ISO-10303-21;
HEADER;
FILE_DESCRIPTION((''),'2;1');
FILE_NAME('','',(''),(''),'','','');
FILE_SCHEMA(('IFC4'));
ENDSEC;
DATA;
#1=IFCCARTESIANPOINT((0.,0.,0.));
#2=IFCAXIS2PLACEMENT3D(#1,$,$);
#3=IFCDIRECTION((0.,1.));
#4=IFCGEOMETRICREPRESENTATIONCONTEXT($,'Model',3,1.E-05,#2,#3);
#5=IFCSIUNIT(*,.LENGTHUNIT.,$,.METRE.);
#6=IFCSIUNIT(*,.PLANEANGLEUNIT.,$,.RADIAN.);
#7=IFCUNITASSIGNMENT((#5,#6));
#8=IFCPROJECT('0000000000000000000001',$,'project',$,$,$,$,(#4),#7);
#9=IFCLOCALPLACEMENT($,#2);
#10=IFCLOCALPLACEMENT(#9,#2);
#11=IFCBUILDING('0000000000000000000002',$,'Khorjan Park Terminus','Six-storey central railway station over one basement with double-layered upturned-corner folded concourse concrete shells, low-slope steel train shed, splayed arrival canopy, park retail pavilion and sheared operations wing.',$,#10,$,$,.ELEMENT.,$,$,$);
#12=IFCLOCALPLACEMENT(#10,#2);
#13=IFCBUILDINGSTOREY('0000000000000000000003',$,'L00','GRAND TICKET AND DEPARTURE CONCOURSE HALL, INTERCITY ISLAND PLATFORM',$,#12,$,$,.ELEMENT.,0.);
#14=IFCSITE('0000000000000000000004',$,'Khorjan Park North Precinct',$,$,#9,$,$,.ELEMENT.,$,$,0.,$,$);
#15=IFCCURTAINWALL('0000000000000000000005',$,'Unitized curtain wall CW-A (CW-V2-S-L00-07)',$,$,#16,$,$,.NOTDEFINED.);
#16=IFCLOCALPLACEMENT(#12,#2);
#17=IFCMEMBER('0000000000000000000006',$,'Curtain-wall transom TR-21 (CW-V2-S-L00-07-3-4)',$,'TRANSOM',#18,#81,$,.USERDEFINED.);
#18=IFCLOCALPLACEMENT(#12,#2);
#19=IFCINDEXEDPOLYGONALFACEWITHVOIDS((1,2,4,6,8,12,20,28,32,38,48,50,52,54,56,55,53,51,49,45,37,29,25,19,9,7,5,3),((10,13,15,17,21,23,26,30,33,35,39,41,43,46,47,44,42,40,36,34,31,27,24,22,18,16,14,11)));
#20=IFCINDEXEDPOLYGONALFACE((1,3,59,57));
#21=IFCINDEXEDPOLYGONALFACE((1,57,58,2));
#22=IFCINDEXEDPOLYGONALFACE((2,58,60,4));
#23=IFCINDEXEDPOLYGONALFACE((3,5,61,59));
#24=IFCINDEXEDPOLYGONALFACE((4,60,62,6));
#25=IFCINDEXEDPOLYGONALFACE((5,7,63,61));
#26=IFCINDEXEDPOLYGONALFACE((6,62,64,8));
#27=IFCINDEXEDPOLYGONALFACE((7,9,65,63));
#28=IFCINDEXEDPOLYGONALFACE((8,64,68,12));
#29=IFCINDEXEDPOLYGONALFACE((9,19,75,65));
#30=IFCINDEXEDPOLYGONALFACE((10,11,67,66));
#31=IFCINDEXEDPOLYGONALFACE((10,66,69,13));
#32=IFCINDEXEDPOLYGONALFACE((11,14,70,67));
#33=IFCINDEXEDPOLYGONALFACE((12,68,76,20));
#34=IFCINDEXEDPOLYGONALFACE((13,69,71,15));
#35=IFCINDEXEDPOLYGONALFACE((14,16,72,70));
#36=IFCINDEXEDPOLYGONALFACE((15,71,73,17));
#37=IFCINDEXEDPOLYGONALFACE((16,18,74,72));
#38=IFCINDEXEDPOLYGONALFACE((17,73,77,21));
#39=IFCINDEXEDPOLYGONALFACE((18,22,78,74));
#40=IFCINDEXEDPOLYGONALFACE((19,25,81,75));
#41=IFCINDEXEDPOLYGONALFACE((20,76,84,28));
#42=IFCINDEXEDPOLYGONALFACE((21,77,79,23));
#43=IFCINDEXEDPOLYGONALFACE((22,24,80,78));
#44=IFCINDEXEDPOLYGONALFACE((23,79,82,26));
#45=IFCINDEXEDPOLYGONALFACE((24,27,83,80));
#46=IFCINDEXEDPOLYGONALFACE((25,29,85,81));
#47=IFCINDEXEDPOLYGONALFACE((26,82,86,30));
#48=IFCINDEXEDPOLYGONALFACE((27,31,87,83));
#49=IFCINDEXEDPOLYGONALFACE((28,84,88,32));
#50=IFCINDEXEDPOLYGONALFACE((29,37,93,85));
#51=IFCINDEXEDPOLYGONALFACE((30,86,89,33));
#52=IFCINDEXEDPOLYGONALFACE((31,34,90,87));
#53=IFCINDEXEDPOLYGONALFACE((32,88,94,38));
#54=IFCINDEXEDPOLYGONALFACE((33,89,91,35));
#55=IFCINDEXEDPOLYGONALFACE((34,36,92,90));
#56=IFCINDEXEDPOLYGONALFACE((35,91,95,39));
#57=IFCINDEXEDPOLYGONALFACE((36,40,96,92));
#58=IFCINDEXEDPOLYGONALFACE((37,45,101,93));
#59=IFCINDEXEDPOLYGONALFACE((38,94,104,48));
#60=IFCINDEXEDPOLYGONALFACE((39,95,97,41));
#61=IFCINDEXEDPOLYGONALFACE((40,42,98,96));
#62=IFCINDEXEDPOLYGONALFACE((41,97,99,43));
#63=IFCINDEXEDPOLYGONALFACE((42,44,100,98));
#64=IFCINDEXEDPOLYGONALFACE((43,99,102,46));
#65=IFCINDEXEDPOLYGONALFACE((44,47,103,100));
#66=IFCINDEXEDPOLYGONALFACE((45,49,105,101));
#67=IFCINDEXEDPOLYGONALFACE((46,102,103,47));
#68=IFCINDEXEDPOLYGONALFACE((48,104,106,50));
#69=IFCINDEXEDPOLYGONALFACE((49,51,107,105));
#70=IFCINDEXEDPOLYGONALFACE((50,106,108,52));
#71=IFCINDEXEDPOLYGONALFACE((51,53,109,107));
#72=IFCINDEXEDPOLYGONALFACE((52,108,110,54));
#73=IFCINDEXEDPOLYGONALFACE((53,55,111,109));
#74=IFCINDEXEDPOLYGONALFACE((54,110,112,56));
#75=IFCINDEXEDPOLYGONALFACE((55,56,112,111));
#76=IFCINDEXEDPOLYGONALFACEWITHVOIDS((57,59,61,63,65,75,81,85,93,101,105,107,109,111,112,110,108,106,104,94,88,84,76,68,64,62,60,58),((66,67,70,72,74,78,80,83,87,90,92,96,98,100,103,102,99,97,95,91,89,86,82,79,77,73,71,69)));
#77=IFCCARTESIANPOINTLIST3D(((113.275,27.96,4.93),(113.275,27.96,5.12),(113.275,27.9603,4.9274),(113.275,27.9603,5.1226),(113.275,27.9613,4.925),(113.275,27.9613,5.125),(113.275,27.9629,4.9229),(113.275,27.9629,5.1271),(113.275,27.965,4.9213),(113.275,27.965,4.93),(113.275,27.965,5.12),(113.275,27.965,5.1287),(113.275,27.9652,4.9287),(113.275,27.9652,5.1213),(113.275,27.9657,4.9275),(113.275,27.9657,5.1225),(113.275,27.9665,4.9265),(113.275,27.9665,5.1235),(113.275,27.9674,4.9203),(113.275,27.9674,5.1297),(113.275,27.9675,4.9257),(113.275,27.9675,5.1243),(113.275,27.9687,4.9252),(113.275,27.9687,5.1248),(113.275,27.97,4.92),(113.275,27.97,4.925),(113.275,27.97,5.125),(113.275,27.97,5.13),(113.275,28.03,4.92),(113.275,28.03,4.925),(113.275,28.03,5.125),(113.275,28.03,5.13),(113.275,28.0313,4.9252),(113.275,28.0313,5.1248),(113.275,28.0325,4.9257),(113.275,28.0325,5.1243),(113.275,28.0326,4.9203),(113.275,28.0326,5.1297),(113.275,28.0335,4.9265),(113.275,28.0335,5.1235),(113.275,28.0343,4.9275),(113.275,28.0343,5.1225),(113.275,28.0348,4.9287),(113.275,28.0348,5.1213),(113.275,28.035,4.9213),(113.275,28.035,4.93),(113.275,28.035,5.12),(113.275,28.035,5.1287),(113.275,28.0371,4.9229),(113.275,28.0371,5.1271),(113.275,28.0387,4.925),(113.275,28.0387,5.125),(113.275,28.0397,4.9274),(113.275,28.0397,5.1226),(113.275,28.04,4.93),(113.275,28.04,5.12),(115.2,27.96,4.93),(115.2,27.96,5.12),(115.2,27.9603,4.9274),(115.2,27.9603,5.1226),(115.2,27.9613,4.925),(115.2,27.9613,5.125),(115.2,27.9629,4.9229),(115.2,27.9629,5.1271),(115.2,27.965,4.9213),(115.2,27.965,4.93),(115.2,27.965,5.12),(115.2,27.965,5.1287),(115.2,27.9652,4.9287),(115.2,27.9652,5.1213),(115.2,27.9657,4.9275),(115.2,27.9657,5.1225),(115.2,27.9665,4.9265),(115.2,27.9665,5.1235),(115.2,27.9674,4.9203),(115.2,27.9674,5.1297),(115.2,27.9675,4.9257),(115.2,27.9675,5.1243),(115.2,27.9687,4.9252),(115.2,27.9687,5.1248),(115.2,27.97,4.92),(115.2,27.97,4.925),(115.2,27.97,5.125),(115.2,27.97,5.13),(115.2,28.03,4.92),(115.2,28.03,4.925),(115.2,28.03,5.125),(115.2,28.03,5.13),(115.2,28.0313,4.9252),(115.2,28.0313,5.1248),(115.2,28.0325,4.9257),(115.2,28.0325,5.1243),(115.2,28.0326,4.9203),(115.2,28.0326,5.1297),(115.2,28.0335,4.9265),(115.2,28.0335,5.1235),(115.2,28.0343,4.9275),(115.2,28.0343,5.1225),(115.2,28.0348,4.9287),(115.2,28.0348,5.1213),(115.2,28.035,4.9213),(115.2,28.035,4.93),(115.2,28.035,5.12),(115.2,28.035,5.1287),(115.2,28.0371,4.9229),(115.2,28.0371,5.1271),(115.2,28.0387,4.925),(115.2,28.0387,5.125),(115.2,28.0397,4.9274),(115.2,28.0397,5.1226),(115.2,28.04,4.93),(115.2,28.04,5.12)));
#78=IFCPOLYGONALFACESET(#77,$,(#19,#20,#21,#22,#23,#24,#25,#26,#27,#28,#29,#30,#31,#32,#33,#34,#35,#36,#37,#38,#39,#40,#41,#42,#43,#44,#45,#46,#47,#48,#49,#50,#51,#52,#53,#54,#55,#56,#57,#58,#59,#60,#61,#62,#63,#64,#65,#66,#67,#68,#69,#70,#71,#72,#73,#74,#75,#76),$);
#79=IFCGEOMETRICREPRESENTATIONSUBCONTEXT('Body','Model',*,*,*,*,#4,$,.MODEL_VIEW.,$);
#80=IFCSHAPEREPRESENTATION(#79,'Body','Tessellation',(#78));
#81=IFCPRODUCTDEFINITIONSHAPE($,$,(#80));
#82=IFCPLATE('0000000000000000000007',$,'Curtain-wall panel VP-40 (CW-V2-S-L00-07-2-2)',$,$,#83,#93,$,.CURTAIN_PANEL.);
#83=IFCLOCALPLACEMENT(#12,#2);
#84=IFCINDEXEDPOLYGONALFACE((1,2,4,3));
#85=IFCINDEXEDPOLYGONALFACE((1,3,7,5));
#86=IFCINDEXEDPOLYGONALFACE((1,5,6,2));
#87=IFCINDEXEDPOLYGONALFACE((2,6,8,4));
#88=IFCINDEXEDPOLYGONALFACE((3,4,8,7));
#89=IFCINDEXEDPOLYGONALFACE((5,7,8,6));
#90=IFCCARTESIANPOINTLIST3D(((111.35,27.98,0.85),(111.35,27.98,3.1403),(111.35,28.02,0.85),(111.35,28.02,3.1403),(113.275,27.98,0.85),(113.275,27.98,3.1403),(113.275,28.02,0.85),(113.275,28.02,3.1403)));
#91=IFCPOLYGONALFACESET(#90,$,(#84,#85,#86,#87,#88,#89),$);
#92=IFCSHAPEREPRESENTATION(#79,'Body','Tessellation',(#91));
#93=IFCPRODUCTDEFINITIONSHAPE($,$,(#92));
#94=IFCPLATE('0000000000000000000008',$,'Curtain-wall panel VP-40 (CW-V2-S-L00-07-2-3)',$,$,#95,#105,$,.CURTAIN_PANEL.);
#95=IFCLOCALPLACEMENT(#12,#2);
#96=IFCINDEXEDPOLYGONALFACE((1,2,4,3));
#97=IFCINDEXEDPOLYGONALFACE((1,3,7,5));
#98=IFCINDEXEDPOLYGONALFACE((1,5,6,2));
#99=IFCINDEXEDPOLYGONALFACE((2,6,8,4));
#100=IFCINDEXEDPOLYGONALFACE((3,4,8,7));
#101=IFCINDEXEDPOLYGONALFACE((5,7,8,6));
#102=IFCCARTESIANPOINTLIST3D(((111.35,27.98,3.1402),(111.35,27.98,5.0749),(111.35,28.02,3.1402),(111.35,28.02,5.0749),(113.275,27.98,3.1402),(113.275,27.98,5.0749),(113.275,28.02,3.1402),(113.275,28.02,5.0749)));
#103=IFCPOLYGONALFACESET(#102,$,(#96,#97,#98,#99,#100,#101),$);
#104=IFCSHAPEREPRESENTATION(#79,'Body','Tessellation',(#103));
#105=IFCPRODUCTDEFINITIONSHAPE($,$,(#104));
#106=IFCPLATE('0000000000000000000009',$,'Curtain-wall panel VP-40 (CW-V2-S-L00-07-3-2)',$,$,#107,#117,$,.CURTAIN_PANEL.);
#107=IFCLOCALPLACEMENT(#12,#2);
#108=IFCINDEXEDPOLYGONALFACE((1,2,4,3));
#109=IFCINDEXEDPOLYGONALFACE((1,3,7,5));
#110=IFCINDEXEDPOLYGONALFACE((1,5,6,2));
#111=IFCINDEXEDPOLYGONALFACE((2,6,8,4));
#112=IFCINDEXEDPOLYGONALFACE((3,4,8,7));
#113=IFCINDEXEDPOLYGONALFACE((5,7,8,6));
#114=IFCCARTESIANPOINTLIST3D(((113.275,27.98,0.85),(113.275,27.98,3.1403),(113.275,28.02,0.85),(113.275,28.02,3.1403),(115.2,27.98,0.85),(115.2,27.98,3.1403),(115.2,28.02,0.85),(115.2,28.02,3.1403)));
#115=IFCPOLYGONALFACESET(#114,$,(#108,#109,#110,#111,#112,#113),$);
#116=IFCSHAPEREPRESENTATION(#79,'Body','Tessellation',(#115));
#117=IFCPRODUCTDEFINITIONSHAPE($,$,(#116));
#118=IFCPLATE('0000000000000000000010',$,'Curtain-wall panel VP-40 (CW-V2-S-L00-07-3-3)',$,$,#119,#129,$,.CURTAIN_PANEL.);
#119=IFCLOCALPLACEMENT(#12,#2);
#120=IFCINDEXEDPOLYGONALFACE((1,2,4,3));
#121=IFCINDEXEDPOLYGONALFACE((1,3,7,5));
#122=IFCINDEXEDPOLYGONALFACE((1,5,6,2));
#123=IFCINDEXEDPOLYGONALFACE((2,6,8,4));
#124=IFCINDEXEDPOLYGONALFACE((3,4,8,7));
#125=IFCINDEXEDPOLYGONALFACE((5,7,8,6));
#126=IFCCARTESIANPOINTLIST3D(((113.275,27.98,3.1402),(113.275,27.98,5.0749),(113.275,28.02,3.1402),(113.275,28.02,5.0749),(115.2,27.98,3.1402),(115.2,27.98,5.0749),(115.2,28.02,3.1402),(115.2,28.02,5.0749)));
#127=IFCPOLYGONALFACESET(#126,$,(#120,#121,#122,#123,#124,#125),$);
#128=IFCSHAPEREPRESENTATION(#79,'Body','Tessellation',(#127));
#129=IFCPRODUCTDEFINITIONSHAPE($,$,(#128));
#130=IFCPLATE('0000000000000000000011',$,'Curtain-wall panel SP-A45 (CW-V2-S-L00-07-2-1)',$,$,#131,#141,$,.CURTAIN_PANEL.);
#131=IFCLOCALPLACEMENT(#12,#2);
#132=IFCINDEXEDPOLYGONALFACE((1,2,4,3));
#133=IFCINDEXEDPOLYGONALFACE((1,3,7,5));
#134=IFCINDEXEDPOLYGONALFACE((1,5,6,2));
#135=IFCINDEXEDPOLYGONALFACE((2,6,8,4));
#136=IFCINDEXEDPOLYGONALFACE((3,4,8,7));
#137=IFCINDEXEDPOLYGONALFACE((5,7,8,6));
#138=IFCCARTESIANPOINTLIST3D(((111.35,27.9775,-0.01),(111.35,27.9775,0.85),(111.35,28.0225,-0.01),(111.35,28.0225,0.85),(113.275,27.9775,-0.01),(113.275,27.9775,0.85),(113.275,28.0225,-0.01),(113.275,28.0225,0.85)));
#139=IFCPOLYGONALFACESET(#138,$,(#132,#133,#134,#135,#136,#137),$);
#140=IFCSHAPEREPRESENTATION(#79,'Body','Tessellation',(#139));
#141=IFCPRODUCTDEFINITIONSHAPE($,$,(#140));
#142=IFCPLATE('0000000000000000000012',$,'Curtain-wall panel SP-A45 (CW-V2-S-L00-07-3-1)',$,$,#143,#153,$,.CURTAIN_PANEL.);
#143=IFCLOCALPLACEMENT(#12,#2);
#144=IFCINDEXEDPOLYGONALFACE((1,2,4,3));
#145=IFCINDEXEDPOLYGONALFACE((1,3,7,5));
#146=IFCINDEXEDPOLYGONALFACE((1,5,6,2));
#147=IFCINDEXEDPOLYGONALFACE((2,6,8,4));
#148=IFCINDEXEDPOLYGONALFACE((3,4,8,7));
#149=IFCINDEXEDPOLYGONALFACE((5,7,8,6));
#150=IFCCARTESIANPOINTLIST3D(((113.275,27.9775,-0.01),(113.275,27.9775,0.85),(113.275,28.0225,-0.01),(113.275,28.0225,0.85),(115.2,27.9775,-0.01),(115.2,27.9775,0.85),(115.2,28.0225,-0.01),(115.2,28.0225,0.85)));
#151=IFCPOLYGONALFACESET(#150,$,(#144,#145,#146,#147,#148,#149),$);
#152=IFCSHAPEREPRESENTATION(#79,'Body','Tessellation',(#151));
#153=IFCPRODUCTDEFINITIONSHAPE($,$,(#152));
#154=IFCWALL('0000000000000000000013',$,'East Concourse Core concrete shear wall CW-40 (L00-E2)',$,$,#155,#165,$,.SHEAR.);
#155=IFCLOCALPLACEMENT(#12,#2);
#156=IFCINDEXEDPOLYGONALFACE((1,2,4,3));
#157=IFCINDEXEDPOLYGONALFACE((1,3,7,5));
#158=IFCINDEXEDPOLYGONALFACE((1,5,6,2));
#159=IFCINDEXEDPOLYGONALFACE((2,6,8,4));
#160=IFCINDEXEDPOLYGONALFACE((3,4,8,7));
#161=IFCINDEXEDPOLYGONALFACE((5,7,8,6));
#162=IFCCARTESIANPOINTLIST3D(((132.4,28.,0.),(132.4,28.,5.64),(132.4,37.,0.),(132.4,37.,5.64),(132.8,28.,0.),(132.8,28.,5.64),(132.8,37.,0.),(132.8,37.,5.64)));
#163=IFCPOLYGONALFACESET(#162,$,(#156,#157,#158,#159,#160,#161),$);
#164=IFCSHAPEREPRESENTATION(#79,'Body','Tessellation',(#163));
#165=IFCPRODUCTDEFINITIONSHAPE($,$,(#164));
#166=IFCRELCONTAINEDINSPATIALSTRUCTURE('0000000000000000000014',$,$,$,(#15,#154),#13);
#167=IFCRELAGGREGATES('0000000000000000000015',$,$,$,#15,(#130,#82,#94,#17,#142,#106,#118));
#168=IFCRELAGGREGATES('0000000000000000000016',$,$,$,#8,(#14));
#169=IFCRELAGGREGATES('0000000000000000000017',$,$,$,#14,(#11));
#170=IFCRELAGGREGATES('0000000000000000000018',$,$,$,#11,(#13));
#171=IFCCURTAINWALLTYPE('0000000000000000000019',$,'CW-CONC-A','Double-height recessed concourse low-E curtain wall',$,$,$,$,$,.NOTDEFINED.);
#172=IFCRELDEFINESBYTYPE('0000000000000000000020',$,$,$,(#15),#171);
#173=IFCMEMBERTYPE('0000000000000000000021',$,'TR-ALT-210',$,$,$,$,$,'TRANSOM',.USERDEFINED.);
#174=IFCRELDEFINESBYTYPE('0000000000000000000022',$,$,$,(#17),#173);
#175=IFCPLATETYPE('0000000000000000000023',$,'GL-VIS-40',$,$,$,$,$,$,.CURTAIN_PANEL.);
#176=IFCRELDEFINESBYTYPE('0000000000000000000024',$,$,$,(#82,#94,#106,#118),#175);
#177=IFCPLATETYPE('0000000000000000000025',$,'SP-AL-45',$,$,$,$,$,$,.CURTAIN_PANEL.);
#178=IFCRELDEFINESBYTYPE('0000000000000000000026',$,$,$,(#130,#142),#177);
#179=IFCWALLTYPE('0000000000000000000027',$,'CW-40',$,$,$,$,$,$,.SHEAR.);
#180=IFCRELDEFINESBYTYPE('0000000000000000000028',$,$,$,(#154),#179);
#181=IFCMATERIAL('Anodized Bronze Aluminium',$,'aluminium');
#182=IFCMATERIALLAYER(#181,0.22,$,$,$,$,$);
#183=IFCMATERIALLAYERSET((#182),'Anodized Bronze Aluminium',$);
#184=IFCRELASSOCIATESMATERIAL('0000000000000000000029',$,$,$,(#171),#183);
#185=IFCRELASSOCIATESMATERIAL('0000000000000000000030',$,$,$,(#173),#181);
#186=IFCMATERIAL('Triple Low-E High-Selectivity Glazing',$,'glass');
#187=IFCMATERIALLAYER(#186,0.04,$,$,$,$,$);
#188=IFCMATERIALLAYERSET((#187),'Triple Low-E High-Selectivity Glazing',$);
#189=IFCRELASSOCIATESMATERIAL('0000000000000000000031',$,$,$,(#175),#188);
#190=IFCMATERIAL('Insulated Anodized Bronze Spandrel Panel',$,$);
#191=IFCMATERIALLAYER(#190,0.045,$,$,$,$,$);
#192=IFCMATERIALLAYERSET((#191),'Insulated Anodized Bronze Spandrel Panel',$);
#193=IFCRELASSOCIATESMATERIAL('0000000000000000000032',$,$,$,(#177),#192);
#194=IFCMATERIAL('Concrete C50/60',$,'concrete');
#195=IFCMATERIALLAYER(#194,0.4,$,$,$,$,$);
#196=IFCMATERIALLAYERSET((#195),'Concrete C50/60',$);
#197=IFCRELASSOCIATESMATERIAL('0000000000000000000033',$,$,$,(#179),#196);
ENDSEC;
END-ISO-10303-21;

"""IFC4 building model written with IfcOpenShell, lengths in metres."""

from ifc_helpers import new_model, si_unit, direction, frame, frame_2d, origin, origin_2d, place, context, subcontext, project, spatial, rectangle, hollow_rectangle, extrude, material, layer, layer_set, material_profile, profile_set, type_object, element, aggregate, save


model = new_model("IFC4")

# Units and contexts
model_context = context("Model", 3, precision=1e-05, world=origin(), true_north=direction((0.0, 1.0)))
body_context = subcontext(model_context, "Body", "Model", "MODEL_VIEW")
ifc_project = project(units=[si_unit("LENGTHUNIT", "METRE"), si_unit("PLANEANGLEUNIT", "RADIAN")], contexts=[model_context])

# Site, building, storey
site_placement = place(None, origin())
site = spatial("IfcSite", under=ifc_project, at=site_placement, Name="Khorjan Park North Precinct", CompositionType="ELEMENT", RefElevation=0.0)
building_placement = place(site_placement, origin())
building = spatial("IfcBuilding", under=site, at=building_placement, Name="Khorjan Park Terminus", Description="Six-storey central railway station over one basement with double-layered upturned-corner folded concourse concrete shells, low-slope steel train shed, splayed arrival canopy, park retail pavilion and sheared operations wing.", CompositionType="ELEMENT")
storey_placement = place(building_placement, origin())
storey = spatial("IfcBuildingStorey", under=building, at=storey_placement, Name="L00", Description="GRAND TICKET AND DEPARTURE CONCOURSE HALL, INTERCITY ISLAND PLATFORM", CompositionType="ELEMENT", Elevation=0.0)

# Shared definitions
ifc_material_1 = material(Name="Anodized Bronze Aluminium", Category="aluminium")

# Curtain wall
ifc_layer_1 = layer(ifc_material_1, 0.22)
ifc_layer_set_1 = layer_set([ifc_layer_1], Name="Anodized Bronze Aluminium")
curtain_wall_type_1 = type_object("IfcCurtainWallType", Name="CW-CONC-A", Description="Double-height recessed concourse low-E curtain wall", PredefinedType="NOTDEFINED", material=ifc_layer_set_1)
curtain_wall_1_placement = place(storey_placement, origin())
curtain_wall_1 = element("IfcCurtainWall", 1, at=curtain_wall_1_placement, inside=storey, type_object=curtain_wall_type_1, Name="Unitized curtain wall CW-A (CW-V2-S-L00-07)", PredefinedType="NOTDEFINED")

# Member
ifc_material_profile_1 = material_profile(ifc_material_1, hollow_rectangle(XDim=0.08, YDim=0.21, WallThickness=0.005, InnerFilletRadius=0.005, OuterFilletRadius=0.01, at=origin_2d()), Name="ALT 80x210x5")
ifc_profile_set_1 = profile_set([ifc_material_profile_1], Name="Anodized Bronze Aluminium")
member_type_1 = type_object("IfcMemberType", Name="TR-ALT-210", ElementType="TRANSOM", PredefinedType="USERDEFINED", material=ifc_profile_set_1)
member_1_placement = place(storey_placement, frame((113.275, 28.0, 5.025), z_axis=(1.0, 0.0, 0.0), x_axis=(0.0, 1.0, 0.0)))
member_1 = element("IfcMember", 2, at=member_1_placement, type_object=member_type_1, Name="Curtain-wall transom TR-21 (CW-V2-S-L00-07-3-4)", ObjectType="TRANSOM", PredefinedType="USERDEFINED", context=body_context, shape_type="SweptSolid", body=[
    extrude(hollow_rectangle(XDim=0.08, YDim=0.21, WallThickness=0.005, InnerFilletRadius=0.005, OuterFilletRadius=0.01, at=origin_2d()), origin(), (0.0, 0.0, 1.0), 1.925),
])

# Plates
ifc_material_2 = material(Name="Triple Low-E High-Selectivity Glazing", Category="glass")
ifc_layer_2 = layer(ifc_material_2, 0.04)
ifc_layer_set_2 = layer_set([ifc_layer_2], Name="Triple Low-E High-Selectivity Glazing")
plate_type_1 = type_object("IfcPlateType", Name="GL-VIS-40", PredefinedType="CURTAIN_PANEL", material=ifc_layer_set_2)
plate_1_placement = place(storey_placement, frame((112.3125, 28.0, 0.85), z_axis=(0.0, 0.0, 1.0), x_axis=(1.0, 0.0, 0.0)))
plate_1 = element("IfcPlate", 3, at=plate_1_placement, type_object=plate_type_1, Name="Curtain-wall panel VP-40 (CW-V2-S-L00-07-2-2)", PredefinedType="CURTAIN_PANEL", context=body_context, shape_type="SweptSolid", body=[
    extrude(rectangle(XDim=1.925, YDim=0.04, at=origin_2d()), origin(), (0.0, 0.0, 1.0), 2.2903),
])
plate_2_placement = place(storey_placement, frame((112.3125, 28.0, 3.1402), z_axis=(0.0, 0.0, 1.0), x_axis=(1.0, 0.0, 0.0)))
plate_2 = element("IfcPlate", 4, at=plate_2_placement, type_object=plate_type_1, Name="Curtain-wall panel VP-40 (CW-V2-S-L00-07-2-3)", PredefinedType="CURTAIN_PANEL", context=body_context, shape_type="SweptSolid", body=[
    extrude(rectangle(XDim=1.925, YDim=0.04, at=origin_2d()), origin(), (0.0, 0.0, 1.0), 1.9347),
])
plate_3_placement = place(storey_placement, frame((114.2375, 28.0, 0.85), z_axis=(0.0, 0.0, 1.0), x_axis=(1.0, 0.0, 0.0)))
plate_3 = element("IfcPlate", 5, at=plate_3_placement, type_object=plate_type_1, Name="Curtain-wall panel VP-40 (CW-V2-S-L00-07-3-2)", PredefinedType="CURTAIN_PANEL", context=body_context, shape_type="SweptSolid", body=[
    extrude(rectangle(XDim=1.925, YDim=0.04, at=origin_2d()), origin(), (0.0, 0.0, 1.0), 2.2903),
])
plate_4_placement = place(storey_placement, frame((114.2375, 28.0, 3.1402), z_axis=(0.0, 0.0, 1.0), x_axis=(1.0, 0.0, 0.0)))
plate_4 = element("IfcPlate", 6, at=plate_4_placement, type_object=plate_type_1, Name="Curtain-wall panel VP-40 (CW-V2-S-L00-07-3-3)", PredefinedType="CURTAIN_PANEL", context=body_context, shape_type="SweptSolid", body=[
    extrude(rectangle(XDim=1.925, YDim=0.04, at=origin_2d()), origin(), (0.0, 0.0, 1.0), 1.9347),
])
ifc_material_3 = material(Name="Insulated Anodized Bronze Spandrel Panel")
ifc_layer_3 = layer(ifc_material_3, 0.045)
ifc_layer_set_3 = layer_set([ifc_layer_3], Name="Insulated Anodized Bronze Spandrel Panel")
plate_type_2 = type_object("IfcPlateType", Name="SP-AL-45", PredefinedType="CURTAIN_PANEL", material=ifc_layer_set_3)
plate_5_placement = place(storey_placement, frame((112.3125, 28.0, -0.01), z_axis=(0.0, 0.0, 1.0), x_axis=(1.0, 0.0, 0.0)))
plate_5 = element("IfcPlate", 7, at=plate_5_placement, type_object=plate_type_2, Name="Curtain-wall panel SP-A45 (CW-V2-S-L00-07-2-1)", PredefinedType="CURTAIN_PANEL", context=body_context, shape_type="SweptSolid", body=[
    extrude(rectangle(XDim=1.925, YDim=0.045, at=origin_2d()), origin(), (0.0, 0.0, 1.0), 0.86),
])
plate_6_placement = place(storey_placement, frame((114.2375, 28.0, -0.01), z_axis=(0.0, 0.0, 1.0), x_axis=(1.0, 0.0, 0.0)))
plate_6 = element("IfcPlate", 8, at=plate_6_placement, type_object=plate_type_2, Name="Curtain-wall panel SP-A45 (CW-V2-S-L00-07-3-1)", PredefinedType="CURTAIN_PANEL", context=body_context, shape_type="SweptSolid", body=[
    extrude(rectangle(XDim=1.925, YDim=0.045, at=origin_2d()), origin(), (0.0, 0.0, 1.0), 0.86),
])
aggregate(curtain_wall_1, [plate_5, plate_1, plate_2, member_1, plate_6, plate_3, plate_4])

# Wall
ifc_material_4 = material(Name="Concrete C50/60", Category="concrete")
ifc_layer_4 = layer(ifc_material_4, 0.4)
ifc_layer_set_4 = layer_set([ifc_layer_4], Name="Concrete C50/60")
wall_type_1 = type_object("IfcWallType", Name="CW-40", PredefinedType="SHEAR", material=ifc_layer_set_4)
wall_1_placement = place(storey_placement, frame((132.6, 28.0, 0.0), z_axis=(0.0, 0.0, 1.0), x_axis=(0.0, 1.0, 0.0)))
element("IfcWall", 9, at=wall_1_placement, inside=storey, type_object=wall_type_1, Name="East Concourse Core concrete shear wall CW-40 (L00-E2)", PredefinedType="SHEAR", context=body_context, shape_type="SweptSolid", body=[
    extrude(rectangle(XDim=9.0, YDim=0.4, at=frame_2d((4.5, 0.0))), origin(), (0.0, 0.0, 1.0), 5.64),
])

save(model, "model.ifc")
